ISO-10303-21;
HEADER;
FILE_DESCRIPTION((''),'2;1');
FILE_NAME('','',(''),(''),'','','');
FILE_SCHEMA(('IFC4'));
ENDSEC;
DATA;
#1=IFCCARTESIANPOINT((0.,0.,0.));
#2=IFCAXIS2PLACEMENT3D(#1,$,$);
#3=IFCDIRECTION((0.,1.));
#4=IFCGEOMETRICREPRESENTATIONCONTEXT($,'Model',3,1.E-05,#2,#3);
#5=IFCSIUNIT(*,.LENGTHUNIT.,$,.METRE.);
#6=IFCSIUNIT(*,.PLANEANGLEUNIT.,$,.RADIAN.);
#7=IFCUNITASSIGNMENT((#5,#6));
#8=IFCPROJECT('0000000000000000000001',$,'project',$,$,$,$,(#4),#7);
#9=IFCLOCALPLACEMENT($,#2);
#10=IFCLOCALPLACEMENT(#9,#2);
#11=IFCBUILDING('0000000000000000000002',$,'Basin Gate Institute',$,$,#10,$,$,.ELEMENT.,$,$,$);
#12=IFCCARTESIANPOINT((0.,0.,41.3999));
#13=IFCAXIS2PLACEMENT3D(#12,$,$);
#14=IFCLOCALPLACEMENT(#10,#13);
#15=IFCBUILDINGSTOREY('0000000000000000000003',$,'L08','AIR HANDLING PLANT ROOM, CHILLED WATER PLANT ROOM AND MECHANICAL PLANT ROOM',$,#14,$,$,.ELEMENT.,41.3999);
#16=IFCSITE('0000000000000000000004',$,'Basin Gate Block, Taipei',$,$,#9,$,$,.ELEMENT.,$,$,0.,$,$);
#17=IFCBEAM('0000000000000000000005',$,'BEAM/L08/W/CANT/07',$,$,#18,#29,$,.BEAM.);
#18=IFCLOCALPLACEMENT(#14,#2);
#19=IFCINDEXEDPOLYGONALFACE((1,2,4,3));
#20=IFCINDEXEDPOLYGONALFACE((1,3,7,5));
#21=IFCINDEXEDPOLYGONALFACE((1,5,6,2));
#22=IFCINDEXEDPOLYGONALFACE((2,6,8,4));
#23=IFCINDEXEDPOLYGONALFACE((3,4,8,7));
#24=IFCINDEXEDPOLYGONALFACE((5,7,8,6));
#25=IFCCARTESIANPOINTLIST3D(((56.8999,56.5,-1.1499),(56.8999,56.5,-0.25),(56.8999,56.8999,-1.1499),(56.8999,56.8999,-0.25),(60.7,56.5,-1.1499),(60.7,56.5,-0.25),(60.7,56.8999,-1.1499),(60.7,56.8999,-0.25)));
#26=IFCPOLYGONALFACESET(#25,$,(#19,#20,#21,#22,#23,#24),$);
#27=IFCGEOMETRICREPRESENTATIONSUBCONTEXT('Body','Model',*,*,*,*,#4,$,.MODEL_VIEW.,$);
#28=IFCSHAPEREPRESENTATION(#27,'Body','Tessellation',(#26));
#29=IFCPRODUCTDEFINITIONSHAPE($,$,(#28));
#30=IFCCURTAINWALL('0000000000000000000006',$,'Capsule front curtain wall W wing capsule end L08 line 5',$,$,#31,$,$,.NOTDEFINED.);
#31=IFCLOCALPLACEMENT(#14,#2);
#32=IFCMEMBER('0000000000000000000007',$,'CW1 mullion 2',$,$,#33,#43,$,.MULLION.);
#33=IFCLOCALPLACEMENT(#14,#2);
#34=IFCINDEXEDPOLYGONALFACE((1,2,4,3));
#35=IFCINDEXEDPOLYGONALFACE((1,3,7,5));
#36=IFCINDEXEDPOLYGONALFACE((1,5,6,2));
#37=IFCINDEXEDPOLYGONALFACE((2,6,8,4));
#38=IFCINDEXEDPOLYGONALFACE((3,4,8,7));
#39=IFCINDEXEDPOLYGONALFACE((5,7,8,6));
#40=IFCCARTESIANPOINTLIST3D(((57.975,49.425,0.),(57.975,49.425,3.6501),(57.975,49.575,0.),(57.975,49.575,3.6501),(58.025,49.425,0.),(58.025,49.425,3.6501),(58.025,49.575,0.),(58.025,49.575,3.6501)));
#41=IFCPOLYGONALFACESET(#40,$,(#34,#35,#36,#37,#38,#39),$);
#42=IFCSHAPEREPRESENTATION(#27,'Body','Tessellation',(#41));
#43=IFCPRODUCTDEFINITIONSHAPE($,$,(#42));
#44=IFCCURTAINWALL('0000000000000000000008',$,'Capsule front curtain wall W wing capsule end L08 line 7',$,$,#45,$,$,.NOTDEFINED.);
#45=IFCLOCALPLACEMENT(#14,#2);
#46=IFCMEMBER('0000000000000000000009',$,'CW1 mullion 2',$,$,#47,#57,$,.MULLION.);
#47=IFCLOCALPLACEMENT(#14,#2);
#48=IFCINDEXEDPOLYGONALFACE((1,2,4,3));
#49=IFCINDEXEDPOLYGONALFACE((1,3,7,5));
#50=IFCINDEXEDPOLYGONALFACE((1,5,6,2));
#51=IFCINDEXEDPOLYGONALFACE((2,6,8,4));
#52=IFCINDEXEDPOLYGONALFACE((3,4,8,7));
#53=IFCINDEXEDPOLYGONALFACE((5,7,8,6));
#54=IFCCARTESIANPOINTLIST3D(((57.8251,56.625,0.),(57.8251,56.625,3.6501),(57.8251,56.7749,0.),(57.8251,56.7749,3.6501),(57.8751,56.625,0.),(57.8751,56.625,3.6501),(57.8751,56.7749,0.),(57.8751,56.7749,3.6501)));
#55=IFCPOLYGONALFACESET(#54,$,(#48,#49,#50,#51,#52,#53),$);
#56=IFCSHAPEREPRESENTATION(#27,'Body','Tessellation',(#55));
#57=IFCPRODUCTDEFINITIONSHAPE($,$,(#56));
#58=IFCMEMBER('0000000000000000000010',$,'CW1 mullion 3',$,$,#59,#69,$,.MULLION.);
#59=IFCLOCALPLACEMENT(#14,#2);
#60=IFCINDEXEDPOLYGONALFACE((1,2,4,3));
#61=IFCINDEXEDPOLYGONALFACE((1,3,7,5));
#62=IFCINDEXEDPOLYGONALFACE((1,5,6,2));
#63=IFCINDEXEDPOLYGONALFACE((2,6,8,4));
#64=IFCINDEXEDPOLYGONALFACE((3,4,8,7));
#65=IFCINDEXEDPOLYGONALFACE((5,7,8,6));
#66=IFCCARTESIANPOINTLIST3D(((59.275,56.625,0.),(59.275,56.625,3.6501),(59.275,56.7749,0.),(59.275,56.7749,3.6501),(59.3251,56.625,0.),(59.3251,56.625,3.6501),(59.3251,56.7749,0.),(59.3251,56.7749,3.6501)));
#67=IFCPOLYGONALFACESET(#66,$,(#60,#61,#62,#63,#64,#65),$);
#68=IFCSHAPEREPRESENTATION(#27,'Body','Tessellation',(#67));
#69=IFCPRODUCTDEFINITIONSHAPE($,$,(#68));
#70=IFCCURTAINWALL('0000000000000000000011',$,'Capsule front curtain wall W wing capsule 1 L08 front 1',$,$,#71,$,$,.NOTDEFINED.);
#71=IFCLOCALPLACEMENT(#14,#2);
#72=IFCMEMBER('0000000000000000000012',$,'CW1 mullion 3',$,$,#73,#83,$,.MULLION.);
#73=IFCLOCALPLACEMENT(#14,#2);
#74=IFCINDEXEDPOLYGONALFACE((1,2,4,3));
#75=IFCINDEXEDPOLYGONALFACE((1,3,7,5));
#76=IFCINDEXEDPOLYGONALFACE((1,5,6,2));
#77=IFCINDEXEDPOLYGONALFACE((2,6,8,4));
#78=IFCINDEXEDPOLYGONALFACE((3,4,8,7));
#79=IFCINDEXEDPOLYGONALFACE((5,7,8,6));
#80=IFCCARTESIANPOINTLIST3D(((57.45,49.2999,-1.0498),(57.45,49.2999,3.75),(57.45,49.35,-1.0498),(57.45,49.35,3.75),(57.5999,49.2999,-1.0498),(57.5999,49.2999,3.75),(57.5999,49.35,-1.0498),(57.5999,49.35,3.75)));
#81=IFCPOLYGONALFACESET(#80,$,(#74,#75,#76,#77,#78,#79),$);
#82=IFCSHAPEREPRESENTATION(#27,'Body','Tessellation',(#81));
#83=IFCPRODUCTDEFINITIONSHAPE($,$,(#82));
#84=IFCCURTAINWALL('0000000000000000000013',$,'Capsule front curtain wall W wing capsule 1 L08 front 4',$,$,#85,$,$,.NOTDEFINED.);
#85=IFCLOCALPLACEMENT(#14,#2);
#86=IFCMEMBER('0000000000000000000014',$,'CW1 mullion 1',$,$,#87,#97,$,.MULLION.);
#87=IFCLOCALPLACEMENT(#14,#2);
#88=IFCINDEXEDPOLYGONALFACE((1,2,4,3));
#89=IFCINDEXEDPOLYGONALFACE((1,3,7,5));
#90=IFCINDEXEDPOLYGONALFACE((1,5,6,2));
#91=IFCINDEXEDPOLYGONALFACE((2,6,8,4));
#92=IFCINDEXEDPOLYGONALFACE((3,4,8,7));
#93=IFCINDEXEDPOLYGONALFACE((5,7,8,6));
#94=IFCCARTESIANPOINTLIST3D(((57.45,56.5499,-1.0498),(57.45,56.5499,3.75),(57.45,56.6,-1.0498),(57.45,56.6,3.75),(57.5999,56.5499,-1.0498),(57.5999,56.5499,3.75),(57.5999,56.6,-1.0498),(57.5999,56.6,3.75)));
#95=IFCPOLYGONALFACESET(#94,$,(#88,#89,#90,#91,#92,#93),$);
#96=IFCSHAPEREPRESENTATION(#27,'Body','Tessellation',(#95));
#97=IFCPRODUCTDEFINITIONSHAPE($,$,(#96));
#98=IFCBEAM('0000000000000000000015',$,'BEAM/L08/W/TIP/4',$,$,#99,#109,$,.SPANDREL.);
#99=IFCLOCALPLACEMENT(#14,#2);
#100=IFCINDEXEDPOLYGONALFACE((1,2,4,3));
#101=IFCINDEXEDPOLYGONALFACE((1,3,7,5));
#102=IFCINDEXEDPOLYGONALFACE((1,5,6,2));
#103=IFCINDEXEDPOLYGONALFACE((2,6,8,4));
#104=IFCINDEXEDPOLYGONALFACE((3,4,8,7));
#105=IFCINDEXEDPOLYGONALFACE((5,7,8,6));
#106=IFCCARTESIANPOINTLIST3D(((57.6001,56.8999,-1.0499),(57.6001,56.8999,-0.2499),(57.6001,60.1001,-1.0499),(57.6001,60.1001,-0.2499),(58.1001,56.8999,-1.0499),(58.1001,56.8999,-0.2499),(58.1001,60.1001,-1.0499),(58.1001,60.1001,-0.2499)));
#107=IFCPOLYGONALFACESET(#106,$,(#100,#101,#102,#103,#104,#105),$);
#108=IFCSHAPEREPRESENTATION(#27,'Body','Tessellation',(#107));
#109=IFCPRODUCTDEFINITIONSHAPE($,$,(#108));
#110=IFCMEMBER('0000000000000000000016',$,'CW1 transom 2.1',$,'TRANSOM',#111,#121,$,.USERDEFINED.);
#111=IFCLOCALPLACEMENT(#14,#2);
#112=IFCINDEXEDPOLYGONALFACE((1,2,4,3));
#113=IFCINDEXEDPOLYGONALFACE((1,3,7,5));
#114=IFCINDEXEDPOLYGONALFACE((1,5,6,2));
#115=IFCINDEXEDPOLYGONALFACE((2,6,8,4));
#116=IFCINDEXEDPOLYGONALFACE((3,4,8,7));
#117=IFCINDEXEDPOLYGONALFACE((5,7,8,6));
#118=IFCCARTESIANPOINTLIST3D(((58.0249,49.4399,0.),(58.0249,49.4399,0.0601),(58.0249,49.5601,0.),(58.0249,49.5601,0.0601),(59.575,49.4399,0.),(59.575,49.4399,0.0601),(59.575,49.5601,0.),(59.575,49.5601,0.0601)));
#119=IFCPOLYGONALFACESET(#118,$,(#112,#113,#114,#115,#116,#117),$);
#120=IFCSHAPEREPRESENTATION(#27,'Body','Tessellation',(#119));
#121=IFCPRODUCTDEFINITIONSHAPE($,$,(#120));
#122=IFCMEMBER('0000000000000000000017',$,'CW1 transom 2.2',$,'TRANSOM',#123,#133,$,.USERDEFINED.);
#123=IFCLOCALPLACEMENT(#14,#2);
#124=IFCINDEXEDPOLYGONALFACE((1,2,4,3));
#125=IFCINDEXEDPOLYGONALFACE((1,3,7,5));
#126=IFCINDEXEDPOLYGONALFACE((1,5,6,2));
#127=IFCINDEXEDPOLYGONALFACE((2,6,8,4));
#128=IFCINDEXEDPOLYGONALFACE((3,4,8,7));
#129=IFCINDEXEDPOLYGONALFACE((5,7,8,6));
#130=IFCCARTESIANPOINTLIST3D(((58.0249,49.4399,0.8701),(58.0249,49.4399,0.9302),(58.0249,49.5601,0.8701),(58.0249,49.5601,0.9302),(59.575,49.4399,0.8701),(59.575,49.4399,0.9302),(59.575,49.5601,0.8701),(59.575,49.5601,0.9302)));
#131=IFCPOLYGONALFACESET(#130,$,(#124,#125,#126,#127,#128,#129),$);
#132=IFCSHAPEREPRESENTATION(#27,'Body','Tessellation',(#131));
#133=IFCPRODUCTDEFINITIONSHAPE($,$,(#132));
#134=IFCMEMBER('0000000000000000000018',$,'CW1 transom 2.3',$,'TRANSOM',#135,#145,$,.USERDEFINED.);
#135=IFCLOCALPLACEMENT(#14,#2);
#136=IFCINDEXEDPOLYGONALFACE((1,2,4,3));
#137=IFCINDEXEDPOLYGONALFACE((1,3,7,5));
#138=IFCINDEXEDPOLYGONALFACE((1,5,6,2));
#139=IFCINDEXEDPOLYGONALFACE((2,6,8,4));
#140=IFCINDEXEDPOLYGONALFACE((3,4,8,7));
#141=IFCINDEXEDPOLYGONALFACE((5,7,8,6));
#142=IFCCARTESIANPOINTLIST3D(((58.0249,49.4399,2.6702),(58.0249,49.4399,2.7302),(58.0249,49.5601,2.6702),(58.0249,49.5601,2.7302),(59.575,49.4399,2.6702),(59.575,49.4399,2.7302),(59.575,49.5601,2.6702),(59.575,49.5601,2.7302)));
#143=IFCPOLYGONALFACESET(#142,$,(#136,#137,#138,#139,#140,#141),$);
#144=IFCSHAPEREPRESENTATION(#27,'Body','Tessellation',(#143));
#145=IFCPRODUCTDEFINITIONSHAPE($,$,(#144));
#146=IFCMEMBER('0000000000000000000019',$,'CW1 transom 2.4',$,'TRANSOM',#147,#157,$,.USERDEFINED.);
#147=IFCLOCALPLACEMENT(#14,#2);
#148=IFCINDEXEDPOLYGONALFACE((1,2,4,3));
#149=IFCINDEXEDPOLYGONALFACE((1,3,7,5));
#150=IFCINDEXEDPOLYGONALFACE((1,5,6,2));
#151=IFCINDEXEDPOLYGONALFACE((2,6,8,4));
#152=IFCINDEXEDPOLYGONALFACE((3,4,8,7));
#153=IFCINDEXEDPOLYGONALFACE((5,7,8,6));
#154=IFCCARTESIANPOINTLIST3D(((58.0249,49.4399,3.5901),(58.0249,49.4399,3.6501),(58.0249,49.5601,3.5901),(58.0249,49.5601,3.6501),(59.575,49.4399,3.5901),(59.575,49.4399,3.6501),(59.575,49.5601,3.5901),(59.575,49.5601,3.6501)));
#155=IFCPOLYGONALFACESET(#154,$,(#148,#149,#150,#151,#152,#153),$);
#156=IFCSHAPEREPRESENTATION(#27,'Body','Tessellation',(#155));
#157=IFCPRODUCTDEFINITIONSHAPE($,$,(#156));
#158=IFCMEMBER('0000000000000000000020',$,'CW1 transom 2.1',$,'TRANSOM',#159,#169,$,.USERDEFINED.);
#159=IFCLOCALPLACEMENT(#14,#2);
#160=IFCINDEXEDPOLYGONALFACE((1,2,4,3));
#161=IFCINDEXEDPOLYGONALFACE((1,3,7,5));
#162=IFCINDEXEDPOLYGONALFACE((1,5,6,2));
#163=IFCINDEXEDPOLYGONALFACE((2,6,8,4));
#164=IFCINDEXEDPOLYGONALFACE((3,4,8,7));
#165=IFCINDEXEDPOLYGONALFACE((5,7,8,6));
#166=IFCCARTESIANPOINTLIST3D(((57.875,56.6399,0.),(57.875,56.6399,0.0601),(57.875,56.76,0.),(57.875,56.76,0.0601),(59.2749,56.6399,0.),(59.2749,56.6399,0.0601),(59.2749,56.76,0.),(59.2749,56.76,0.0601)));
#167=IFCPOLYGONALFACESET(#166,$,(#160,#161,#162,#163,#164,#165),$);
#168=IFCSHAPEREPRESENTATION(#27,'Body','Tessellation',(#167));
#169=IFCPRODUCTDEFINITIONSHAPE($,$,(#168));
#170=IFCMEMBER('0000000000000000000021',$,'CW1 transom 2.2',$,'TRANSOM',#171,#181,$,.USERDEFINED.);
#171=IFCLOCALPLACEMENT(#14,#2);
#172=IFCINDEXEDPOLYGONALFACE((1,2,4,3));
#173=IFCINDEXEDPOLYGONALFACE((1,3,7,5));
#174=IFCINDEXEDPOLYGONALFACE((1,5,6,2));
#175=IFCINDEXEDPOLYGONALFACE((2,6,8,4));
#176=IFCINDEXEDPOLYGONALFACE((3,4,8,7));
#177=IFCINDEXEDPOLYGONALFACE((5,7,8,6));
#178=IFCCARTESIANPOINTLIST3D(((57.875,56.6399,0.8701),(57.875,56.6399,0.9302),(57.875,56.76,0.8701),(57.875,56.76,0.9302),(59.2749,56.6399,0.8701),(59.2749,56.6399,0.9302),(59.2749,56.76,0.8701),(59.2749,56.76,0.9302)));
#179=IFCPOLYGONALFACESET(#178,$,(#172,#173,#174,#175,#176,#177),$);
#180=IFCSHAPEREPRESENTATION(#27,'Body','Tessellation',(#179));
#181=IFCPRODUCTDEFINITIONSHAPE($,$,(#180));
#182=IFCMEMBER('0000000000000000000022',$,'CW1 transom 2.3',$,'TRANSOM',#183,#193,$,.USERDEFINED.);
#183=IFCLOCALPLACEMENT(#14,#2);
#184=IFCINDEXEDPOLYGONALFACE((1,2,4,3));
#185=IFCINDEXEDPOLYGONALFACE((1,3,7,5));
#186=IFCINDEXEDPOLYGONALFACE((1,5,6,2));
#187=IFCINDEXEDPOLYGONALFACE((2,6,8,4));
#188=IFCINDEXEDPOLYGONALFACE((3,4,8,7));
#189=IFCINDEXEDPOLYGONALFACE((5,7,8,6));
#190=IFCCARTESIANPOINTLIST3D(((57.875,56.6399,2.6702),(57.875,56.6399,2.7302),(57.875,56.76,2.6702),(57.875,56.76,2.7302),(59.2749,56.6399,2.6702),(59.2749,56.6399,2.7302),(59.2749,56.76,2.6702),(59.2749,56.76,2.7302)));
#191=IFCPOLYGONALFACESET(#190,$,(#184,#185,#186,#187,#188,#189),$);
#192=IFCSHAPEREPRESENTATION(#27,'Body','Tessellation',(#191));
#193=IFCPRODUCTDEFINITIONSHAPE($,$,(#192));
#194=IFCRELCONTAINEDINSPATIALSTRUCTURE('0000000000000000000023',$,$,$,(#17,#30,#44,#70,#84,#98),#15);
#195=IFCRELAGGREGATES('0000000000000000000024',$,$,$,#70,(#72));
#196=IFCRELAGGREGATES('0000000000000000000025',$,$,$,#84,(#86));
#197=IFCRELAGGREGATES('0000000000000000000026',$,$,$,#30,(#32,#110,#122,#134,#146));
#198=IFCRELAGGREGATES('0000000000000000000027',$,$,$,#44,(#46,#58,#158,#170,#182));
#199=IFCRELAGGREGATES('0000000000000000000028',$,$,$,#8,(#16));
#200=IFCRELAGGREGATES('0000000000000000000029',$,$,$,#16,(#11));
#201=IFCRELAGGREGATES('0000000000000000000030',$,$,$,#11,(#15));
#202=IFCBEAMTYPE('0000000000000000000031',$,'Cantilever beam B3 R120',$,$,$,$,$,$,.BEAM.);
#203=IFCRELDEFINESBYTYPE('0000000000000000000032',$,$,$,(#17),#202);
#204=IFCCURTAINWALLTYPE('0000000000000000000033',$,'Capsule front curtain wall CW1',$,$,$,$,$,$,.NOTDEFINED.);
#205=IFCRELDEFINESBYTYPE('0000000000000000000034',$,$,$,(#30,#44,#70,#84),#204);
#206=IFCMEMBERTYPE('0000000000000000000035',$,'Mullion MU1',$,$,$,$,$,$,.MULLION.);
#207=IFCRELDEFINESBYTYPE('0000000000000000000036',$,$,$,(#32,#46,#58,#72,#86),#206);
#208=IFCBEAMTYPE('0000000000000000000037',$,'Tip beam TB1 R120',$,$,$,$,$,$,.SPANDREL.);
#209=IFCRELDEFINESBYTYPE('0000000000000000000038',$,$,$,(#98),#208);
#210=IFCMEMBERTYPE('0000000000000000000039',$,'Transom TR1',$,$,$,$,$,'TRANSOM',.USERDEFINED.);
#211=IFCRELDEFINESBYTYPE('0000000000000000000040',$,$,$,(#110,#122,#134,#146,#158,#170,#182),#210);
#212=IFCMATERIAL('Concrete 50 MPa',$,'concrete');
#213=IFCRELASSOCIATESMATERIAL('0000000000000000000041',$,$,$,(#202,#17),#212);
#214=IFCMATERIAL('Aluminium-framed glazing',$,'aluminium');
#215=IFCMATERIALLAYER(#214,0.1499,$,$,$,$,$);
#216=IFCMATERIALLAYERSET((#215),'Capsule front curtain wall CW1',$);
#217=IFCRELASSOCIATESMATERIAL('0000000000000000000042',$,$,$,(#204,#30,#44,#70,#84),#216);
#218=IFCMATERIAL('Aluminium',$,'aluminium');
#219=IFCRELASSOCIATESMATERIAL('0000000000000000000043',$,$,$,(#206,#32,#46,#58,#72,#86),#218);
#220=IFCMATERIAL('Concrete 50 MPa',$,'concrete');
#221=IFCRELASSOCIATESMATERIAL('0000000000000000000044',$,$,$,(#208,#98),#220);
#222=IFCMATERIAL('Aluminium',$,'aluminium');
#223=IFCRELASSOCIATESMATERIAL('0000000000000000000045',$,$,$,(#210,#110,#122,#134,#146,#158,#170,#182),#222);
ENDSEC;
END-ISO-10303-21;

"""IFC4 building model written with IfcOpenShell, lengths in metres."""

from ifc_helpers import new_model, si_unit, direction, frame, origin, origin_2d, place, context, subcontext, project, spatial, rectangle, extrude, material, layer, layer_set, material_profile, profile_set, type_object, element, aggregate, save


model = new_model("IFC4")

# Units and contexts
model_context = context("Model", 3, precision=1e-05, world=origin(), true_north=direction((0.0, 1.0)))
body_context = subcontext(model_context, "Body", "Model", "MODEL_VIEW")
ifc_project = project(units=[si_unit("LENGTHUNIT", "METRE"), si_unit("PLANEANGLEUNIT", "RADIAN")], contexts=[model_context])

# Site, building, storey
site_placement = place(None, origin())
site = spatial("IfcSite", under=ifc_project, at=site_placement, Name="Basin Gate Block, Taipei", CompositionType="ELEMENT", RefElevation=0.0)
building_placement = place(site_placement, origin())
building = spatial("IfcBuilding", under=site, at=building_placement, Name="Basin Gate Institute", CompositionType="ELEMENT")
storey_placement = place(building_placement, frame((0.0, 0.0, 41.3999)))
storey = spatial("IfcBuildingStorey", under=building, at=storey_placement, Name="L08", Description="AIR HANDLING PLANT ROOM, CHILLED WATER PLANT ROOM AND MECHANICAL PLANT ROOM", CompositionType="ELEMENT", Elevation=41.3999)

# Beam
ifc_material_1 = material(Name="Concrete 50 MPa", Category="concrete")
ifc_material_profile_1 = material_profile(ifc_material_1, rectangle(XDim=0.3999, YDim=0.8999, at=origin_2d()), Name="Cantilever beam B3 400 x 900")
ifc_profile_set_1 = profile_set([ifc_material_profile_1], Name="Concrete 50 MPa")
beam_type_1 = type_object("IfcBeamType", Name="Cantilever beam B3 R120", PredefinedType="BEAM", material=ifc_profile_set_1)
beam_1_placement = place(storey_placement, frame((56.8999, 56.7, -0.7), z_axis=(1.0, 0.0, 0.0), x_axis=(0.0, 1.0, 0.0)))
element("IfcBeam", 1, at=beam_1_placement, inside=storey, type_object=beam_type_1, material=ifc_profile_set_1, Name="BEAM/L08/W/CANT/07", PredefinedType="BEAM", context=body_context, shape_type="SweptSolid", body=[
    extrude(rectangle(XDim=0.3999, YDim=0.8999, at=origin_2d()), origin(), (0.0, 0.0, 1.0), 3.8),
])

# Curtain wall, member
ifc_material_2 = material(Name="Aluminium-framed glazing", Category="aluminium")
ifc_layer_1 = layer(ifc_material_2, 0.1499)
ifc_layer_set_1 = layer_set([ifc_layer_1], Name="Capsule front curtain wall CW1")
curtain_wall_type = type_object("IfcCurtainWallType", Name="Capsule front curtain wall CW1", PredefinedType="NOTDEFINED", material=ifc_layer_set_1)
curtain_wall_1_placement = place(storey_placement, origin())
curtain_wall_1 = element("IfcCurtainWall", 2, at=curtain_wall_1_placement, inside=storey, type_object=curtain_wall_type, material=ifc_layer_set_1, Name="Capsule front curtain wall W wing capsule end L08 line 5", PredefinedType="NOTDEFINED")
ifc_material_3 = material(Name="Aluminium", Category="aluminium")
ifc_material_profile_2 = material_profile(ifc_material_3, rectangle(XDim=0.1499, YDim=0.05, at=origin_2d()), Name="Mullion MU1 150 x 50")
ifc_profile_set_2 = profile_set([ifc_material_profile_2], Name="Aluminium")
member_type_1 = type_object("IfcMemberType", Name="Mullion MU1", PredefinedType="MULLION", material=ifc_profile_set_2)
member_1_placement = place(storey_placement, frame((58.0, 49.5, 0.0), z_axis=(0.0, 0.0, 1.0), x_axis=(0.0, 1.0, 0.0)))
member_1 = element("IfcMember", 3, at=member_1_placement, type_object=member_type_1, material=ifc_profile_set_2, Name="CW1 mullion 2", PredefinedType="MULLION", context=body_context, shape_type="SweptSolid", body=[
    extrude(rectangle(XDim=0.1499, YDim=0.05, at=origin_2d()), origin(), (0.0, 0.0, 1.0), 3.6501),
])

# Curtain wall, members
curtain_wall_2_placement = place(storey_placement, origin())
curtain_wall_2 = element("IfcCurtainWall", 4, at=curtain_wall_2_placement, inside=storey, type_object=curtain_wall_type, material=ifc_layer_set_1, Name="Capsule front curtain wall W wing capsule end L08 line 7", PredefinedType="NOTDEFINED")
member_2_placement = place(storey_placement, frame((57.8501, 56.7, 0.0), z_axis=(0.0, 0.0, 1.0), x_axis=(0.0, 1.0, 0.0)))
member_2 = element("IfcMember", 5, at=member_2_placement, type_object=member_type_1, material=ifc_profile_set_2, Name="CW1 mullion 2", PredefinedType="MULLION", context=body_context, shape_type="SweptSolid", body=[
    extrude(rectangle(XDim=0.1499, YDim=0.05, at=origin_2d()), origin(), (0.0, 0.0, 1.0), 3.6501),
])
member_3_placement = place(storey_placement, frame((59.3, 56.7, 0.0), z_axis=(0.0, 0.0, 1.0), x_axis=(0.0, 1.0, 0.0)))
member_3 = element("IfcMember", 6, at=member_3_placement, type_object=member_type_1, material=ifc_profile_set_2, Name="CW1 mullion 3", PredefinedType="MULLION", context=body_context, shape_type="SweptSolid", body=[
    extrude(rectangle(XDim=0.1499, YDim=0.05, at=origin_2d()), origin(), (0.0, 0.0, 1.0), 3.6501),
])

# Curtain walls, members
curtain_wall_3_placement = place(storey_placement, origin())
curtain_wall_3 = element("IfcCurtainWall", 7, at=curtain_wall_3_placement, inside=storey, type_object=curtain_wall_type, material=ifc_layer_set_1, Name="Capsule front curtain wall W wing capsule 1 L08 front 1", PredefinedType="NOTDEFINED")
member_4_placement = place(storey_placement, frame((57.5249, 49.325, -1.0498), z_axis=(0.0, 0.0, 1.0), x_axis=(-1.0, 0.0, 0.0)))
member_4 = element("IfcMember", 8, at=member_4_placement, type_object=member_type_1, material=ifc_profile_set_2, Name="CW1 mullion 3", PredefinedType="MULLION", context=body_context, shape_type="SweptSolid", body=[
    extrude(rectangle(XDim=0.1499, YDim=0.05, at=origin_2d()), origin(), (0.0, 0.0, 1.0), 4.7998),
])
aggregate(curtain_wall_3, [member_4])
curtain_wall_4_placement = place(storey_placement, origin())
curtain_wall_4 = element("IfcCurtainWall", 9, at=curtain_wall_4_placement, inside=storey, type_object=curtain_wall_type, material=ifc_layer_set_1, Name="Capsule front curtain wall W wing capsule 1 L08 front 4", PredefinedType="NOTDEFINED")
member_5_placement = place(storey_placement, frame((57.5249, 56.575, -1.0498), z_axis=(0.0, 0.0, 1.0), x_axis=(-1.0, 0.0, 0.0)))
member_5 = element("IfcMember", 10, at=member_5_placement, type_object=member_type_1, material=ifc_profile_set_2, Name="CW1 mullion 1", PredefinedType="MULLION", context=body_context, shape_type="SweptSolid", body=[
    extrude(rectangle(XDim=0.1499, YDim=0.05, at=origin_2d()), origin(), (0.0, 0.0, 1.0), 4.7998),
])

# Beam
ifc_material_4 = material(Name="Concrete 50 MPa", Category="concrete")
ifc_material_profile_3 = material_profile(ifc_material_4, rectangle(XDim=0.5, YDim=0.8, at=origin_2d()), Name="Tip beam TB1 500 x 800")
ifc_profile_set_3 = profile_set([ifc_material_profile_3], Name="Concrete 50 MPa")
beam_type_2 = type_object("IfcBeamType", Name="Tip beam TB1 R120", PredefinedType="SPANDREL", material=ifc_profile_set_3)
beam_2_placement = place(storey_placement, frame((57.8501, 56.8999, -0.6499), z_axis=(0.0, 1.0, 0.0), x_axis=(-1.0, 0.0, 0.0)))
element("IfcBeam", 11, at=beam_2_placement, inside=storey, type_object=beam_type_2, material=ifc_profile_set_3, Name="BEAM/L08/W/TIP/4", PredefinedType="SPANDREL", context=body_context, shape_type="SweptSolid", body=[
    extrude(rectangle(XDim=0.5, YDim=0.8, at=origin_2d()), origin(), (0.0, 0.0, 1.0), 3.2002),
])

# Members
ifc_material_5 = material(Name="Aluminium", Category="aluminium")
ifc_material_profile_4 = material_profile(ifc_material_5, rectangle(XDim=0.1201, YDim=0.0601, at=origin_2d()), Name="Transom TR1 120 x 60")
ifc_profile_set_4 = profile_set([ifc_material_profile_4], Name="Aluminium")
member_type_2 = type_object("IfcMemberType", Name="Transom TR1", ElementType="TRANSOM", PredefinedType="USERDEFINED", material=ifc_profile_set_4)
member_6_placement = place(storey_placement, frame((58.0249, 49.5, 0.03), z_axis=(1.0, 0.0, 0.0), x_axis=(0.0, 1.0, 0.0)))
member_6 = element("IfcMember", 12, at=member_6_placement, type_object=member_type_2, material=ifc_profile_set_4, Name="CW1 transom 2.1", ObjectType="TRANSOM", PredefinedType="USERDEFINED", context=body_context, shape_type="SweptSolid", body=[
    extrude(rectangle(XDim=0.1201, YDim=0.0601, at=origin_2d()), origin(), (0.0, 0.0, 1.0), 1.55),
])
member_7_placement = place(storey_placement, frame((58.0249, 49.5, 0.9001), z_axis=(1.0, 0.0, 0.0), x_axis=(0.0, 1.0, 0.0)))
member_7 = element("IfcMember", 13, at=member_7_placement, type_object=member_type_2, material=ifc_profile_set_4, Name="CW1 transom 2.2", ObjectType="TRANSOM", PredefinedType="USERDEFINED", context=body_context, shape_type="SweptSolid", body=[
    extrude(rectangle(XDim=0.1201, YDim=0.0601, at=origin_2d()), origin(), (0.0, 0.0, 1.0), 1.55),
])
member_8_placement = place(storey_placement, frame((58.0249, 49.5, 2.7002), z_axis=(1.0, 0.0, 0.0), x_axis=(0.0, 1.0, 0.0)))
member_8 = element("IfcMember", 14, at=member_8_placement, type_object=member_type_2, material=ifc_profile_set_4, Name="CW1 transom 2.3", ObjectType="TRANSOM", PredefinedType="USERDEFINED", context=body_context, shape_type="SweptSolid", body=[
    extrude(rectangle(XDim=0.1201, YDim=0.0601, at=origin_2d()), origin(), (0.0, 0.0, 1.0), 1.55),
])
member_9_placement = place(storey_placement, frame((58.0249, 49.5, 3.6201), z_axis=(1.0, 0.0, 0.0), x_axis=(0.0, 1.0, 0.0)))
member_9 = element("IfcMember", 15, at=member_9_placement, type_object=member_type_2, material=ifc_profile_set_4, Name="CW1 transom 2.4", ObjectType="TRANSOM", PredefinedType="USERDEFINED", context=body_context, shape_type="SweptSolid", body=[
    extrude(rectangle(XDim=0.1201, YDim=0.0601, at=origin_2d()), origin(), (0.0, 0.0, 1.0), 1.55),
])
member_10_placement = place(storey_placement, frame((57.875, 56.7, 0.03), z_axis=(1.0, 0.0, 0.0), x_axis=(0.0, 1.0, 0.0)))
member_10 = element("IfcMember", 16, at=member_10_placement, type_object=member_type_2, material=ifc_profile_set_4, Name="CW1 transom 2.1", ObjectType="TRANSOM", PredefinedType="USERDEFINED", context=body_context, shape_type="SweptSolid", body=[
    extrude(rectangle(XDim=0.1201, YDim=0.0601, at=origin_2d()), origin(), (0.0, 0.0, 1.0), 1.3999),
])
member_11_placement = place(storey_placement, frame((57.875, 56.7, 0.9001), z_axis=(1.0, 0.0, 0.0), x_axis=(0.0, 1.0, 0.0)))
member_11 = element("IfcMember", 17, at=member_11_placement, type_object=member_type_2, material=ifc_profile_set_4, Name="CW1 transom 2.2", ObjectType="TRANSOM", PredefinedType="USERDEFINED", context=body_context, shape_type="SweptSolid", body=[
    extrude(rectangle(XDim=0.1201, YDim=0.0601, at=origin_2d()), origin(), (0.0, 0.0, 1.0), 1.3999),
])
member_12_placement = place(storey_placement, frame((57.875, 56.7, 2.7002), z_axis=(1.0, 0.0, 0.0), x_axis=(0.0, 1.0, 0.0)))
member_12 = element("IfcMember", 18, at=member_12_placement, type_object=member_type_2, material=ifc_profile_set_4, Name="CW1 transom 2.3", ObjectType="TRANSOM", PredefinedType="USERDEFINED", context=body_context, shape_type="SweptSolid", body=[
    extrude(rectangle(XDim=0.1201, YDim=0.0601, at=origin_2d()), origin(), (0.0, 0.0, 1.0), 1.3999),
])
aggregate(curtain_wall_4, [member_5])

aggregate(curtain_wall_1, [member_1, member_6, member_7, member_8, member_9])
aggregate(curtain_wall_2, [member_2, member_3, member_10, member_11, member_12])

save(model, "model.ifc")
